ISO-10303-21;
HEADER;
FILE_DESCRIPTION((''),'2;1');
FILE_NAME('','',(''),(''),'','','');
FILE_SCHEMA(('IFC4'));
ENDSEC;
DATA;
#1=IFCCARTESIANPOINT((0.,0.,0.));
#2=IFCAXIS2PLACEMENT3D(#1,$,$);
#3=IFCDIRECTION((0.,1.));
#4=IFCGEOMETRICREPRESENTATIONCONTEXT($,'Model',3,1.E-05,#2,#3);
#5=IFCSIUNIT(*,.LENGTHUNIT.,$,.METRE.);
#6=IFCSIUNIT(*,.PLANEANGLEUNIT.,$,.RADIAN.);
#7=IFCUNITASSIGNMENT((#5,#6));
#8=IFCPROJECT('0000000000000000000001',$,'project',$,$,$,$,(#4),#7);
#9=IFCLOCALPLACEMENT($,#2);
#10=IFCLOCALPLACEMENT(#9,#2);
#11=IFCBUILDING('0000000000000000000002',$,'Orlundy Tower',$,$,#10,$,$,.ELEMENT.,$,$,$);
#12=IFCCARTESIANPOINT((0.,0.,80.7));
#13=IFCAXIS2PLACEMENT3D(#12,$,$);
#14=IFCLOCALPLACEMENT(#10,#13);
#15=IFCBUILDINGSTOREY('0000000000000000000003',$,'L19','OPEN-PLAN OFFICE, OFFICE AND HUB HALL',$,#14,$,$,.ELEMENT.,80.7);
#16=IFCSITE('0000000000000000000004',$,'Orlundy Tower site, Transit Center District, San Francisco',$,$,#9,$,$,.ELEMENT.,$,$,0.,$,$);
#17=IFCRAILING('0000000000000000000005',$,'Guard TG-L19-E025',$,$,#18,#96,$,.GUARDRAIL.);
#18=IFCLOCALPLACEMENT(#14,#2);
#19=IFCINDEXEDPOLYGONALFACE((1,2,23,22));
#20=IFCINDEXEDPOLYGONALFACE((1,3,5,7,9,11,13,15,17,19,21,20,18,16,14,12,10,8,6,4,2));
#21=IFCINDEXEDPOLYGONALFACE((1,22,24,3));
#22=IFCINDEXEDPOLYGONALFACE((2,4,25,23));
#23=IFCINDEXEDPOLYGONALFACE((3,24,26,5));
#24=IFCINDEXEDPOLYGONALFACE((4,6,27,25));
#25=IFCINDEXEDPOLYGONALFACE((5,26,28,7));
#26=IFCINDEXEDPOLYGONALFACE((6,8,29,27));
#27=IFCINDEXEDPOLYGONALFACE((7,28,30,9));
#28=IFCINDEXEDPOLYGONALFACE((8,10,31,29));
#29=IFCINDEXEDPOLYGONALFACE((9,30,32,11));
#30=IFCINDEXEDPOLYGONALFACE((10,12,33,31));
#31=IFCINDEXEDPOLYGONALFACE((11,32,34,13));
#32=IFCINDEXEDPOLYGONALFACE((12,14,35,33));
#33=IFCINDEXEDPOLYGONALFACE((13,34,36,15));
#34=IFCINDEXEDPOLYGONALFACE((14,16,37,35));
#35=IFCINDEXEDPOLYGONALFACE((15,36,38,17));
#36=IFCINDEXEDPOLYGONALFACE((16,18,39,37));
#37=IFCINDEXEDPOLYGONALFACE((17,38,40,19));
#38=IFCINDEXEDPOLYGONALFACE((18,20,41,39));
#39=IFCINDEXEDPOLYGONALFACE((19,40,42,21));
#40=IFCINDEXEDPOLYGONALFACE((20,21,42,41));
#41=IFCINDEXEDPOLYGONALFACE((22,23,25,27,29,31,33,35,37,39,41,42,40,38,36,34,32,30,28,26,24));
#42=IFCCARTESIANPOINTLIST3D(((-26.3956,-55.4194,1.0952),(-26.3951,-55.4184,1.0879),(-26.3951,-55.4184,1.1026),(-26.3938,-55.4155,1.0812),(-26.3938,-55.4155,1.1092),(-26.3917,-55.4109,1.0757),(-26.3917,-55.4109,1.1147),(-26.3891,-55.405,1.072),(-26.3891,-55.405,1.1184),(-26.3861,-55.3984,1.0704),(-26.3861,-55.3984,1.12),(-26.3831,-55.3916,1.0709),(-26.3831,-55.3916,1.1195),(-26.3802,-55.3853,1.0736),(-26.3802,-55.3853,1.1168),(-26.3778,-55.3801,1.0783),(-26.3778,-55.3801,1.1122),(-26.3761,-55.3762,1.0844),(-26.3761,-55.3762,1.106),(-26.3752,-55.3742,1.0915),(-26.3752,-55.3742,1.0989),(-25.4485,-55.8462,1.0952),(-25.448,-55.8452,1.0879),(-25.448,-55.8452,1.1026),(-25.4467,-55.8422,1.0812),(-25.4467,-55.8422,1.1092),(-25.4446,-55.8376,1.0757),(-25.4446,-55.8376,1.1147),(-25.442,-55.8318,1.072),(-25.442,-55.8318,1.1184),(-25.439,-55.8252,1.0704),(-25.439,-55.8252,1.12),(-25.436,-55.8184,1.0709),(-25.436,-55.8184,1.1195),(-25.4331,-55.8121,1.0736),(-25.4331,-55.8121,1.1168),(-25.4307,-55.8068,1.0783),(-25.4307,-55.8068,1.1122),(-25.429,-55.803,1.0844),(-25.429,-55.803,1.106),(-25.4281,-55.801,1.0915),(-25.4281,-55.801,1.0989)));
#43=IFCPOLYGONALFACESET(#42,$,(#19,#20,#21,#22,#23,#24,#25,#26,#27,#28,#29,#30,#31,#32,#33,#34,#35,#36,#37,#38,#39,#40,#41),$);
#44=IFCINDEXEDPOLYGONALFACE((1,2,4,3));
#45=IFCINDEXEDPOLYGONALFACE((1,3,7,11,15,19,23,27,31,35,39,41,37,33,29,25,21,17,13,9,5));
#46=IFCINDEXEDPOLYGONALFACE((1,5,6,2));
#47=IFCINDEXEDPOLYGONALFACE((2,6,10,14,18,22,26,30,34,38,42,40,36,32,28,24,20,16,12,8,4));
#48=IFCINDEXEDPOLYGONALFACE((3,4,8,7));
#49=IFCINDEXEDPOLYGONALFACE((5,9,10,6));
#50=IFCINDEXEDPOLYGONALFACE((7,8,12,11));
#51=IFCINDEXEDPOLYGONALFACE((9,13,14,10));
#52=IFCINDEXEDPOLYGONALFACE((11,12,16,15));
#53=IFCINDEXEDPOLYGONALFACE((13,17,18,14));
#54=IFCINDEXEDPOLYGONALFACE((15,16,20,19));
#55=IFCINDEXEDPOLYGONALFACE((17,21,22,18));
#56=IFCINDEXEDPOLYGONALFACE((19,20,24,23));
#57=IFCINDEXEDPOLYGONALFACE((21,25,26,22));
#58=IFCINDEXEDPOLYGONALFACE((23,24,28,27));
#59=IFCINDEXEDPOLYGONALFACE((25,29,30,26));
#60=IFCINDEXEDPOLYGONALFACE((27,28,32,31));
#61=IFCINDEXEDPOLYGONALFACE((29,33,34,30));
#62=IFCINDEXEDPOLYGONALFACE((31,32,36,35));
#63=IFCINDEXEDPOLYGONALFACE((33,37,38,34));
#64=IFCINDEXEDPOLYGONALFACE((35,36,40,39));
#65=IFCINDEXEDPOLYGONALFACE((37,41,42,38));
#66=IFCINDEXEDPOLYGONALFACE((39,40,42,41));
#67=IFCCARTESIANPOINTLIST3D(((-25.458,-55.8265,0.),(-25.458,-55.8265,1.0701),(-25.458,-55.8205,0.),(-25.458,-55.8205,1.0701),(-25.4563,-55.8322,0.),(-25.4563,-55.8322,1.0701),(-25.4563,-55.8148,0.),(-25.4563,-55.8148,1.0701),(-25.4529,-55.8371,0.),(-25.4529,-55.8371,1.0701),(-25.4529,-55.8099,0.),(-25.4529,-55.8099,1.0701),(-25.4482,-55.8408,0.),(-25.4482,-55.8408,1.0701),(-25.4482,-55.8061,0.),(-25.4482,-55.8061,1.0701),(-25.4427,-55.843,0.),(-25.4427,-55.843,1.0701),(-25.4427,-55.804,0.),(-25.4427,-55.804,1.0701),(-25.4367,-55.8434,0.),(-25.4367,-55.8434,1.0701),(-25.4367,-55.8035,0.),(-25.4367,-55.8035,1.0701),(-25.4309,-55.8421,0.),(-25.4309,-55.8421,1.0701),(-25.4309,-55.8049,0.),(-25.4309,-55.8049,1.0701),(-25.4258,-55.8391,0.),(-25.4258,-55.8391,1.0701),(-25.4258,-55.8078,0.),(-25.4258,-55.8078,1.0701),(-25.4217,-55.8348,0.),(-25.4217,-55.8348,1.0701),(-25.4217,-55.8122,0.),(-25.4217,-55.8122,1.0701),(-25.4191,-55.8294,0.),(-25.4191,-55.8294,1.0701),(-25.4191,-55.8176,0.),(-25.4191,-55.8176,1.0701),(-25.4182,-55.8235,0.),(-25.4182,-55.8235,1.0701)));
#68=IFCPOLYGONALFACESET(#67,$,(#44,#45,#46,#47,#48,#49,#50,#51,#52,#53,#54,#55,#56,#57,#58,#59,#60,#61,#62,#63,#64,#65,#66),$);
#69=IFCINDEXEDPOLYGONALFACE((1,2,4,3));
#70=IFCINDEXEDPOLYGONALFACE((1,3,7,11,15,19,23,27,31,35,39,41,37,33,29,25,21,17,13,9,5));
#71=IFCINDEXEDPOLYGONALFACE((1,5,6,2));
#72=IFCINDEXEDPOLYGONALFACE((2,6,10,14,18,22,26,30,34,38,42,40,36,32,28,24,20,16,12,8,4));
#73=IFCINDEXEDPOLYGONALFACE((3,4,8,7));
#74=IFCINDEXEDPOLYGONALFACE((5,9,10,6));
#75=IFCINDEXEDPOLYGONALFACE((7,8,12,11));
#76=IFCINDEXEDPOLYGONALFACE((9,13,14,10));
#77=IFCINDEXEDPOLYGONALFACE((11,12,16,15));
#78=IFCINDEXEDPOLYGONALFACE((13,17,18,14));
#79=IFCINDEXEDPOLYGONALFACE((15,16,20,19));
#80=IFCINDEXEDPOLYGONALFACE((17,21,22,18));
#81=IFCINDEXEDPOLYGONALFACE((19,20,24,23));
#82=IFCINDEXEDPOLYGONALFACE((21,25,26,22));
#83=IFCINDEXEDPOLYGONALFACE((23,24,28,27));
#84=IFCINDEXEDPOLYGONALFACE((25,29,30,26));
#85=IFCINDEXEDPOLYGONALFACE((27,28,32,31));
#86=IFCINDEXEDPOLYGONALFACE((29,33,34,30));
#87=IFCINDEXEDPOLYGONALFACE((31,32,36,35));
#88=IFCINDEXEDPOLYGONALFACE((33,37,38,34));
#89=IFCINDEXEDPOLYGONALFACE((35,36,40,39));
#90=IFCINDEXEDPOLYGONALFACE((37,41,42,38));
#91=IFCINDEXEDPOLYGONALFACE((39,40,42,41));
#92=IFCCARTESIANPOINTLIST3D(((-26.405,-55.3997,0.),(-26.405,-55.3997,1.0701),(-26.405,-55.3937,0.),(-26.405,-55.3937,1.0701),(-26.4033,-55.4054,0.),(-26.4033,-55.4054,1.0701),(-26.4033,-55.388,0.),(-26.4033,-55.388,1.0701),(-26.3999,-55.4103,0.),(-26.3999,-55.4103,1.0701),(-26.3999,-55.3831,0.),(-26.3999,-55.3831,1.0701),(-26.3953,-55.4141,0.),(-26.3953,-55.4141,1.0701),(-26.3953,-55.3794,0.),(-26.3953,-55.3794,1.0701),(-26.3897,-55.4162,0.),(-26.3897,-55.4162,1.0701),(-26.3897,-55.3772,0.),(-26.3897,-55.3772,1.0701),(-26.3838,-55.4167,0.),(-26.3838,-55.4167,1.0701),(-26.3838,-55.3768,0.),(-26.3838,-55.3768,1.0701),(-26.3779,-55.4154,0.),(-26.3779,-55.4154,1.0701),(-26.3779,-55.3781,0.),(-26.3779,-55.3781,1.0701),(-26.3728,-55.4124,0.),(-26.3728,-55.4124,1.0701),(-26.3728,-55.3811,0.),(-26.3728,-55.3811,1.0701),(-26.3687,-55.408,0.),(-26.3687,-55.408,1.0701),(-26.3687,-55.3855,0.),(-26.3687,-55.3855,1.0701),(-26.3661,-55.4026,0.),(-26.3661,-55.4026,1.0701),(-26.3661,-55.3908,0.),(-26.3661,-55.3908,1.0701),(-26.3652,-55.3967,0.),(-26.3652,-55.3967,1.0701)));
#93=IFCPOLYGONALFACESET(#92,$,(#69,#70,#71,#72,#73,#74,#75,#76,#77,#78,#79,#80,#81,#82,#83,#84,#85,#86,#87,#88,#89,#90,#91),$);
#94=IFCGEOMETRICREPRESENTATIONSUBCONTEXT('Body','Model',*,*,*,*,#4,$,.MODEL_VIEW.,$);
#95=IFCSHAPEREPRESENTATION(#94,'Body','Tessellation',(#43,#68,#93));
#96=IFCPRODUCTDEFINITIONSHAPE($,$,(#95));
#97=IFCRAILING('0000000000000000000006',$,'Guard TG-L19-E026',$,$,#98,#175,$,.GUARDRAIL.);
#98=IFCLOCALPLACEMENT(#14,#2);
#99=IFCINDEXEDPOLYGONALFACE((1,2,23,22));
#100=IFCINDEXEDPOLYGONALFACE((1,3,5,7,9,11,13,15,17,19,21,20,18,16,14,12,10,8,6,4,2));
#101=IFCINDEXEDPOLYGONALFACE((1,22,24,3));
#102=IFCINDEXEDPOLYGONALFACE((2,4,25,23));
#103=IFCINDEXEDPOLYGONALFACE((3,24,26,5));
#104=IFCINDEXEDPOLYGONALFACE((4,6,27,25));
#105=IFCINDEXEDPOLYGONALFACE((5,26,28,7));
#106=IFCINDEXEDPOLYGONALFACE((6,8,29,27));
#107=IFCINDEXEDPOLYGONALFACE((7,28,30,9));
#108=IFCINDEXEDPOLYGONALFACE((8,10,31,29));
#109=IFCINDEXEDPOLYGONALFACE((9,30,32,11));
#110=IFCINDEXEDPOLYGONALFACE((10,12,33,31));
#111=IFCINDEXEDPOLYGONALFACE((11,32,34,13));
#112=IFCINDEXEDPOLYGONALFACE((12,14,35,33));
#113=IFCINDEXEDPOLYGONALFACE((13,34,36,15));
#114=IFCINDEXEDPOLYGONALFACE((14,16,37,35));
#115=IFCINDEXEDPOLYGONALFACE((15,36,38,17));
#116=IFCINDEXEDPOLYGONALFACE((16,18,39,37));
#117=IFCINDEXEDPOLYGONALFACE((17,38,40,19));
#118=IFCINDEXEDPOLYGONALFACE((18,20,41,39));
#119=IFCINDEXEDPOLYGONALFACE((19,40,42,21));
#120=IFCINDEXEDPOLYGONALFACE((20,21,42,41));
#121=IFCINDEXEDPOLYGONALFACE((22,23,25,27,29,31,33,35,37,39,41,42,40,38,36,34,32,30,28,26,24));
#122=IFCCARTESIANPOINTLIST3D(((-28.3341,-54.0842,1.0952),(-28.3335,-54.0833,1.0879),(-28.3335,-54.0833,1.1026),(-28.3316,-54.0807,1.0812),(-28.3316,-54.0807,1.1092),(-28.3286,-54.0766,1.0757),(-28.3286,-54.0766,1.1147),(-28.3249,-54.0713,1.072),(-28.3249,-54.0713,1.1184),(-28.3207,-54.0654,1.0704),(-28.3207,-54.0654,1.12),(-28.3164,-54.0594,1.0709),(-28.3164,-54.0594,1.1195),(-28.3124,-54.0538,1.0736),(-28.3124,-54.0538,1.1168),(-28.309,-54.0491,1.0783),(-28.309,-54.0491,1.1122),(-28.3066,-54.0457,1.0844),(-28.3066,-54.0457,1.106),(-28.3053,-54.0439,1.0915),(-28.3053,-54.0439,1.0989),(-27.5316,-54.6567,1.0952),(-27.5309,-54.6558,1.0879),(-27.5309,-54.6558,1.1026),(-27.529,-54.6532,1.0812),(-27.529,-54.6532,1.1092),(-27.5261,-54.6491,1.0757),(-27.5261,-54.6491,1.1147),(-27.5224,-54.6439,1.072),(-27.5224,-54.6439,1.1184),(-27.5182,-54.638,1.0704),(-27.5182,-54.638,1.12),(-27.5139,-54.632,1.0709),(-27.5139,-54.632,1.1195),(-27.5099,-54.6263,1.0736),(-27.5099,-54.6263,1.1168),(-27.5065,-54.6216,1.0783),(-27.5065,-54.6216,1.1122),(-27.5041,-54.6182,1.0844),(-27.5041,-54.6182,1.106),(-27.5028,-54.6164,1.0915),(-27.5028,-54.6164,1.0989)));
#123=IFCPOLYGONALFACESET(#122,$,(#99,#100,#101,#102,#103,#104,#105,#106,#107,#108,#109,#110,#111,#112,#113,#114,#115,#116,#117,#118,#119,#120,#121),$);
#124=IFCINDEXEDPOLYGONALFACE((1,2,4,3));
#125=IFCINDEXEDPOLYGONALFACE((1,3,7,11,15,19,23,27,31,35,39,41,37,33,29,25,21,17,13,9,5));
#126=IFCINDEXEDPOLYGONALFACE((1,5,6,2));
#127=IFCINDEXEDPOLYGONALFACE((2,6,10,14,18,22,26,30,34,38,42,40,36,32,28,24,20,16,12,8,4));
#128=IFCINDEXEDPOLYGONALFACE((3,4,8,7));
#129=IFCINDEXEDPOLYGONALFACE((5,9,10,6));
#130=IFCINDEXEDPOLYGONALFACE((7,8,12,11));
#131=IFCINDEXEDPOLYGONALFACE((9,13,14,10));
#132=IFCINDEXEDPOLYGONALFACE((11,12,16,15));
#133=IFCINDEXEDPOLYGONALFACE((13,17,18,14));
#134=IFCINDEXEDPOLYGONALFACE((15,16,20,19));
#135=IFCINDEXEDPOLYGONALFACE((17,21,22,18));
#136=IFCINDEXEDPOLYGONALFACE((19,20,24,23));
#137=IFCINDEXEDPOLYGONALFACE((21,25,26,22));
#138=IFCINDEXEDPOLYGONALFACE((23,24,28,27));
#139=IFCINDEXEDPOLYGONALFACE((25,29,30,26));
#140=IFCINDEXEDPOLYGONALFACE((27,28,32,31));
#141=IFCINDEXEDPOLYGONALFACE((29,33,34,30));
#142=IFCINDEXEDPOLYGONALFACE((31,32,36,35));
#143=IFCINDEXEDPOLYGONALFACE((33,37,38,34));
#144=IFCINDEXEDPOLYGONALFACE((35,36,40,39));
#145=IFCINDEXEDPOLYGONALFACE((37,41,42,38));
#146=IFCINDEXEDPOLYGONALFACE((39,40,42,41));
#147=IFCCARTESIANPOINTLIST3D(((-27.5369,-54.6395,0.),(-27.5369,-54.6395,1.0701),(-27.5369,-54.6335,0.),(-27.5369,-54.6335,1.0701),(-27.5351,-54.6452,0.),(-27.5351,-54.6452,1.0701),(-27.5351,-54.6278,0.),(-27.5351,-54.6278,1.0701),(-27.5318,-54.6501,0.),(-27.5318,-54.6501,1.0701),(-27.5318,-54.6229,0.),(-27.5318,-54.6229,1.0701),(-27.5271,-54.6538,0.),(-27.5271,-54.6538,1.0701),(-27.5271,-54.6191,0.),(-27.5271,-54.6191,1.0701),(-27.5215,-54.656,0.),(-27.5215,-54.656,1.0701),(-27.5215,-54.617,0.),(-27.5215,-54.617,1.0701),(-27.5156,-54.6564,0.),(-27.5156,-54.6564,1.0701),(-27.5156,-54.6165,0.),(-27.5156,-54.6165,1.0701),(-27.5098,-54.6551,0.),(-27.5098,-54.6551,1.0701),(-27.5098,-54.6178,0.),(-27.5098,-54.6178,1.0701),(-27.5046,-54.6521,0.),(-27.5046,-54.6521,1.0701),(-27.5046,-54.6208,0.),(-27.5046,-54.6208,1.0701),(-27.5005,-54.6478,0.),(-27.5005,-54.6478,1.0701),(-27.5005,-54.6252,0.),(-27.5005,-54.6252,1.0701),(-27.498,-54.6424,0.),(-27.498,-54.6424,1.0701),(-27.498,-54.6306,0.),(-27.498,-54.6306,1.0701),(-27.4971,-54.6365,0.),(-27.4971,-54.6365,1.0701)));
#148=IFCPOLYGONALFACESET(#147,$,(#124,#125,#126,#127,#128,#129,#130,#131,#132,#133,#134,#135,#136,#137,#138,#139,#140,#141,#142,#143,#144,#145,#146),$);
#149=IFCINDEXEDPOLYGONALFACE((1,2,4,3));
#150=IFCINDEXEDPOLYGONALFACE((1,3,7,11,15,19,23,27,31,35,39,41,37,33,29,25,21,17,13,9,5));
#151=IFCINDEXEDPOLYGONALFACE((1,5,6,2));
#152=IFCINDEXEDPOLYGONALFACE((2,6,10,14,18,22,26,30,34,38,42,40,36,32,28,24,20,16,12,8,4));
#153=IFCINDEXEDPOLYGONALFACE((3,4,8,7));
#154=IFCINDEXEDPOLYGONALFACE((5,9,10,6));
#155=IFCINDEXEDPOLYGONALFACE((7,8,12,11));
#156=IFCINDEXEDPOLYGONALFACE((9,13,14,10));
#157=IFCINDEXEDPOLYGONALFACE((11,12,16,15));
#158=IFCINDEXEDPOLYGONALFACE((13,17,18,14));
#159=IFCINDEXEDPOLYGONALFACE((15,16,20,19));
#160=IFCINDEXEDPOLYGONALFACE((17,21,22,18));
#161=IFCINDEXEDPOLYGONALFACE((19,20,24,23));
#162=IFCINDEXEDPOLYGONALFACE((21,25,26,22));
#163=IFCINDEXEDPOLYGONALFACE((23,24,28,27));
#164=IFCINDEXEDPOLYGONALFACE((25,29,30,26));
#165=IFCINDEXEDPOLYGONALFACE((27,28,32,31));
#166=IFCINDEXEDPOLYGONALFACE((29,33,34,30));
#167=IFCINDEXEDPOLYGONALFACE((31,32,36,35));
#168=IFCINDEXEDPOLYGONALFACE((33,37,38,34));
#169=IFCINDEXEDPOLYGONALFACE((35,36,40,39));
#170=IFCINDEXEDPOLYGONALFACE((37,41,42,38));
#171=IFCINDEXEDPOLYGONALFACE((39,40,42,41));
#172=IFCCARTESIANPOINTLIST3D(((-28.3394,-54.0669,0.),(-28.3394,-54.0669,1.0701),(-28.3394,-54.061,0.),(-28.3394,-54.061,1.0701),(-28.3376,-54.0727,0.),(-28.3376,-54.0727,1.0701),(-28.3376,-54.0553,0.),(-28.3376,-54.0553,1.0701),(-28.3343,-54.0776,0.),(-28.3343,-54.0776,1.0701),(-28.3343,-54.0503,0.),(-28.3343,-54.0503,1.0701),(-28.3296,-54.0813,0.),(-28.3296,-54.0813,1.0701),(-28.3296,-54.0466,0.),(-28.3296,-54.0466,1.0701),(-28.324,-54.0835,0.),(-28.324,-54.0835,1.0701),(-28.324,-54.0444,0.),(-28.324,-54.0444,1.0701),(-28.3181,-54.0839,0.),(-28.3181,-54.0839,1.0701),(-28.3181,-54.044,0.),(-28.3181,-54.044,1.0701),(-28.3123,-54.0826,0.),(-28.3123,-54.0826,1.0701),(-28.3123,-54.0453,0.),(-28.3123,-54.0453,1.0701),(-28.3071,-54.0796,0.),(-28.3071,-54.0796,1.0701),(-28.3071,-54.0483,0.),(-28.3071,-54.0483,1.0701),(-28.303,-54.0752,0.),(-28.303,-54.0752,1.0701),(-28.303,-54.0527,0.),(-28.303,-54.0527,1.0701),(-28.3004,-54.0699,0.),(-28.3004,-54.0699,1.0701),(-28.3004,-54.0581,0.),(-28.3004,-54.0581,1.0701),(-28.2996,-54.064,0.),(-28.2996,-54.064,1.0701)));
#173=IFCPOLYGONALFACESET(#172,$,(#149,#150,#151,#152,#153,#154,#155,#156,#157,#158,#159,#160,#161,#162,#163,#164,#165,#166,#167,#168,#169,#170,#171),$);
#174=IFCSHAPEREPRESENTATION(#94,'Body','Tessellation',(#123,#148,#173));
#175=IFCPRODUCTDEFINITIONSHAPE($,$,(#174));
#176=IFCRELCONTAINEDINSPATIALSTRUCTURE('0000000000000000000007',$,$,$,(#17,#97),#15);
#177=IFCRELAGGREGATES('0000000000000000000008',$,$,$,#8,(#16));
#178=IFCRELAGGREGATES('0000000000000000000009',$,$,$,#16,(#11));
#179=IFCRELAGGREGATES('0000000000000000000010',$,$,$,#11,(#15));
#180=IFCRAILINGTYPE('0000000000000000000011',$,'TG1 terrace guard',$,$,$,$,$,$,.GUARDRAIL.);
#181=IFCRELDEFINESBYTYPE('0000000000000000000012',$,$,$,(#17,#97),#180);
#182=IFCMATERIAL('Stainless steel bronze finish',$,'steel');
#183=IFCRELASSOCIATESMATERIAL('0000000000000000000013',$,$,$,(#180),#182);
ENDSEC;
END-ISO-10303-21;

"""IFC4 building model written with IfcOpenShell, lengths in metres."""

from ifc_helpers import new_model, si_unit, direction, frame, origin, origin_2d, place, context, subcontext, project, spatial, circle, extrude, material, type_object, element, save


model = new_model("IFC4")

# Units and contexts
model_context = context("Model", 3, precision=1e-05, world=origin(), true_north=direction((0.0, 1.0)))
body_context = subcontext(model_context, "Body", "Model", "MODEL_VIEW")
ifc_project = project(units=[si_unit("LENGTHUNIT", "METRE"), si_unit("PLANEANGLEUNIT", "RADIAN")], contexts=[model_context])

# Site, building, storey
site_placement = place(None, origin())
site = spatial("IfcSite", under=ifc_project, at=site_placement, Name="Orlundy Tower site, Transit Center District, San Francisco", CompositionType="ELEMENT", RefElevation=0.0)
building_placement = place(site_placement, origin())
building = spatial("IfcBuilding", under=site, at=building_placement, Name="Orlundy Tower", CompositionType="ELEMENT")
storey_placement = place(building_placement, frame((0.0, 0.0, 80.7)))
storey = spatial("IfcBuildingStorey", under=building, at=storey_placement, Name="L19", Description="OPEN-PLAN OFFICE, OFFICE AND HUB HALL", CompositionType="ELEMENT", Elevation=80.7)

# Railings
ifc_material_1 = material(Name="Stainless steel bronze finish", Category="steel")
railing_type = type_object("IfcRailingType", Name="TG1 terrace guard", PredefinedType="GUARDRAIL", material=ifc_material_1)
railing_1_placement = place(storey_placement, frame((-25.4382, -55.8235, 0.0)))
element("IfcRailing", 1, at=railing_1_placement, inside=storey, type_object=railing_type, Name="Guard TG-L19-E025", PredefinedType="GUARDRAIL", context=body_context, shape_type="SweptSolid", body=[
    extrude(circle(Radius=0.0249, at=origin_2d()), frame((0.0, 0.0, 1.0952), z_axis=(-0.911706, 0.410843, 0.0), x_axis=(-0.410843, -0.911706, 0.0)), (0.0, 0.0, 1.0), 1.0388),
    extrude(circle(Radius=0.02, at=origin_2d()), origin(), (0.0, 0.0, 1.0), 1.0701),
    extrude(circle(Radius=0.02, at=origin_2d()), frame((-0.947, 0.4268, 0.0)), (0.0, 0.0, 1.0), 1.0701),
])
railing_2_placement = place(storey_placement, frame((-27.5171, -54.6365, 0.0)))
element("IfcRailing", 2, at=railing_2_placement, inside=storey, type_object=railing_type, Name="Guard TG-L19-E026", PredefinedType="GUARDRAIL", context=body_context, shape_type="SweptSolid", body=[
    extrude(circle(Radius=0.0249, at=origin_2d()), frame((0.0, 0.0, 1.0952), z_axis=(-0.814068, 0.58077, 0.0), x_axis=(-0.58077, -0.814068, 0.0)), (0.0, 0.0, 1.0), 0.9858),
    extrude(circle(Radius=0.02, at=origin_2d()), origin(), (0.0, 0.0, 1.0), 1.0701),
    extrude(circle(Radius=0.02, at=origin_2d()), frame((-0.8025, 0.5725, 0.0)), (0.0, 0.0, 1.0), 1.0701),
])

save(model, "model.ifc")
